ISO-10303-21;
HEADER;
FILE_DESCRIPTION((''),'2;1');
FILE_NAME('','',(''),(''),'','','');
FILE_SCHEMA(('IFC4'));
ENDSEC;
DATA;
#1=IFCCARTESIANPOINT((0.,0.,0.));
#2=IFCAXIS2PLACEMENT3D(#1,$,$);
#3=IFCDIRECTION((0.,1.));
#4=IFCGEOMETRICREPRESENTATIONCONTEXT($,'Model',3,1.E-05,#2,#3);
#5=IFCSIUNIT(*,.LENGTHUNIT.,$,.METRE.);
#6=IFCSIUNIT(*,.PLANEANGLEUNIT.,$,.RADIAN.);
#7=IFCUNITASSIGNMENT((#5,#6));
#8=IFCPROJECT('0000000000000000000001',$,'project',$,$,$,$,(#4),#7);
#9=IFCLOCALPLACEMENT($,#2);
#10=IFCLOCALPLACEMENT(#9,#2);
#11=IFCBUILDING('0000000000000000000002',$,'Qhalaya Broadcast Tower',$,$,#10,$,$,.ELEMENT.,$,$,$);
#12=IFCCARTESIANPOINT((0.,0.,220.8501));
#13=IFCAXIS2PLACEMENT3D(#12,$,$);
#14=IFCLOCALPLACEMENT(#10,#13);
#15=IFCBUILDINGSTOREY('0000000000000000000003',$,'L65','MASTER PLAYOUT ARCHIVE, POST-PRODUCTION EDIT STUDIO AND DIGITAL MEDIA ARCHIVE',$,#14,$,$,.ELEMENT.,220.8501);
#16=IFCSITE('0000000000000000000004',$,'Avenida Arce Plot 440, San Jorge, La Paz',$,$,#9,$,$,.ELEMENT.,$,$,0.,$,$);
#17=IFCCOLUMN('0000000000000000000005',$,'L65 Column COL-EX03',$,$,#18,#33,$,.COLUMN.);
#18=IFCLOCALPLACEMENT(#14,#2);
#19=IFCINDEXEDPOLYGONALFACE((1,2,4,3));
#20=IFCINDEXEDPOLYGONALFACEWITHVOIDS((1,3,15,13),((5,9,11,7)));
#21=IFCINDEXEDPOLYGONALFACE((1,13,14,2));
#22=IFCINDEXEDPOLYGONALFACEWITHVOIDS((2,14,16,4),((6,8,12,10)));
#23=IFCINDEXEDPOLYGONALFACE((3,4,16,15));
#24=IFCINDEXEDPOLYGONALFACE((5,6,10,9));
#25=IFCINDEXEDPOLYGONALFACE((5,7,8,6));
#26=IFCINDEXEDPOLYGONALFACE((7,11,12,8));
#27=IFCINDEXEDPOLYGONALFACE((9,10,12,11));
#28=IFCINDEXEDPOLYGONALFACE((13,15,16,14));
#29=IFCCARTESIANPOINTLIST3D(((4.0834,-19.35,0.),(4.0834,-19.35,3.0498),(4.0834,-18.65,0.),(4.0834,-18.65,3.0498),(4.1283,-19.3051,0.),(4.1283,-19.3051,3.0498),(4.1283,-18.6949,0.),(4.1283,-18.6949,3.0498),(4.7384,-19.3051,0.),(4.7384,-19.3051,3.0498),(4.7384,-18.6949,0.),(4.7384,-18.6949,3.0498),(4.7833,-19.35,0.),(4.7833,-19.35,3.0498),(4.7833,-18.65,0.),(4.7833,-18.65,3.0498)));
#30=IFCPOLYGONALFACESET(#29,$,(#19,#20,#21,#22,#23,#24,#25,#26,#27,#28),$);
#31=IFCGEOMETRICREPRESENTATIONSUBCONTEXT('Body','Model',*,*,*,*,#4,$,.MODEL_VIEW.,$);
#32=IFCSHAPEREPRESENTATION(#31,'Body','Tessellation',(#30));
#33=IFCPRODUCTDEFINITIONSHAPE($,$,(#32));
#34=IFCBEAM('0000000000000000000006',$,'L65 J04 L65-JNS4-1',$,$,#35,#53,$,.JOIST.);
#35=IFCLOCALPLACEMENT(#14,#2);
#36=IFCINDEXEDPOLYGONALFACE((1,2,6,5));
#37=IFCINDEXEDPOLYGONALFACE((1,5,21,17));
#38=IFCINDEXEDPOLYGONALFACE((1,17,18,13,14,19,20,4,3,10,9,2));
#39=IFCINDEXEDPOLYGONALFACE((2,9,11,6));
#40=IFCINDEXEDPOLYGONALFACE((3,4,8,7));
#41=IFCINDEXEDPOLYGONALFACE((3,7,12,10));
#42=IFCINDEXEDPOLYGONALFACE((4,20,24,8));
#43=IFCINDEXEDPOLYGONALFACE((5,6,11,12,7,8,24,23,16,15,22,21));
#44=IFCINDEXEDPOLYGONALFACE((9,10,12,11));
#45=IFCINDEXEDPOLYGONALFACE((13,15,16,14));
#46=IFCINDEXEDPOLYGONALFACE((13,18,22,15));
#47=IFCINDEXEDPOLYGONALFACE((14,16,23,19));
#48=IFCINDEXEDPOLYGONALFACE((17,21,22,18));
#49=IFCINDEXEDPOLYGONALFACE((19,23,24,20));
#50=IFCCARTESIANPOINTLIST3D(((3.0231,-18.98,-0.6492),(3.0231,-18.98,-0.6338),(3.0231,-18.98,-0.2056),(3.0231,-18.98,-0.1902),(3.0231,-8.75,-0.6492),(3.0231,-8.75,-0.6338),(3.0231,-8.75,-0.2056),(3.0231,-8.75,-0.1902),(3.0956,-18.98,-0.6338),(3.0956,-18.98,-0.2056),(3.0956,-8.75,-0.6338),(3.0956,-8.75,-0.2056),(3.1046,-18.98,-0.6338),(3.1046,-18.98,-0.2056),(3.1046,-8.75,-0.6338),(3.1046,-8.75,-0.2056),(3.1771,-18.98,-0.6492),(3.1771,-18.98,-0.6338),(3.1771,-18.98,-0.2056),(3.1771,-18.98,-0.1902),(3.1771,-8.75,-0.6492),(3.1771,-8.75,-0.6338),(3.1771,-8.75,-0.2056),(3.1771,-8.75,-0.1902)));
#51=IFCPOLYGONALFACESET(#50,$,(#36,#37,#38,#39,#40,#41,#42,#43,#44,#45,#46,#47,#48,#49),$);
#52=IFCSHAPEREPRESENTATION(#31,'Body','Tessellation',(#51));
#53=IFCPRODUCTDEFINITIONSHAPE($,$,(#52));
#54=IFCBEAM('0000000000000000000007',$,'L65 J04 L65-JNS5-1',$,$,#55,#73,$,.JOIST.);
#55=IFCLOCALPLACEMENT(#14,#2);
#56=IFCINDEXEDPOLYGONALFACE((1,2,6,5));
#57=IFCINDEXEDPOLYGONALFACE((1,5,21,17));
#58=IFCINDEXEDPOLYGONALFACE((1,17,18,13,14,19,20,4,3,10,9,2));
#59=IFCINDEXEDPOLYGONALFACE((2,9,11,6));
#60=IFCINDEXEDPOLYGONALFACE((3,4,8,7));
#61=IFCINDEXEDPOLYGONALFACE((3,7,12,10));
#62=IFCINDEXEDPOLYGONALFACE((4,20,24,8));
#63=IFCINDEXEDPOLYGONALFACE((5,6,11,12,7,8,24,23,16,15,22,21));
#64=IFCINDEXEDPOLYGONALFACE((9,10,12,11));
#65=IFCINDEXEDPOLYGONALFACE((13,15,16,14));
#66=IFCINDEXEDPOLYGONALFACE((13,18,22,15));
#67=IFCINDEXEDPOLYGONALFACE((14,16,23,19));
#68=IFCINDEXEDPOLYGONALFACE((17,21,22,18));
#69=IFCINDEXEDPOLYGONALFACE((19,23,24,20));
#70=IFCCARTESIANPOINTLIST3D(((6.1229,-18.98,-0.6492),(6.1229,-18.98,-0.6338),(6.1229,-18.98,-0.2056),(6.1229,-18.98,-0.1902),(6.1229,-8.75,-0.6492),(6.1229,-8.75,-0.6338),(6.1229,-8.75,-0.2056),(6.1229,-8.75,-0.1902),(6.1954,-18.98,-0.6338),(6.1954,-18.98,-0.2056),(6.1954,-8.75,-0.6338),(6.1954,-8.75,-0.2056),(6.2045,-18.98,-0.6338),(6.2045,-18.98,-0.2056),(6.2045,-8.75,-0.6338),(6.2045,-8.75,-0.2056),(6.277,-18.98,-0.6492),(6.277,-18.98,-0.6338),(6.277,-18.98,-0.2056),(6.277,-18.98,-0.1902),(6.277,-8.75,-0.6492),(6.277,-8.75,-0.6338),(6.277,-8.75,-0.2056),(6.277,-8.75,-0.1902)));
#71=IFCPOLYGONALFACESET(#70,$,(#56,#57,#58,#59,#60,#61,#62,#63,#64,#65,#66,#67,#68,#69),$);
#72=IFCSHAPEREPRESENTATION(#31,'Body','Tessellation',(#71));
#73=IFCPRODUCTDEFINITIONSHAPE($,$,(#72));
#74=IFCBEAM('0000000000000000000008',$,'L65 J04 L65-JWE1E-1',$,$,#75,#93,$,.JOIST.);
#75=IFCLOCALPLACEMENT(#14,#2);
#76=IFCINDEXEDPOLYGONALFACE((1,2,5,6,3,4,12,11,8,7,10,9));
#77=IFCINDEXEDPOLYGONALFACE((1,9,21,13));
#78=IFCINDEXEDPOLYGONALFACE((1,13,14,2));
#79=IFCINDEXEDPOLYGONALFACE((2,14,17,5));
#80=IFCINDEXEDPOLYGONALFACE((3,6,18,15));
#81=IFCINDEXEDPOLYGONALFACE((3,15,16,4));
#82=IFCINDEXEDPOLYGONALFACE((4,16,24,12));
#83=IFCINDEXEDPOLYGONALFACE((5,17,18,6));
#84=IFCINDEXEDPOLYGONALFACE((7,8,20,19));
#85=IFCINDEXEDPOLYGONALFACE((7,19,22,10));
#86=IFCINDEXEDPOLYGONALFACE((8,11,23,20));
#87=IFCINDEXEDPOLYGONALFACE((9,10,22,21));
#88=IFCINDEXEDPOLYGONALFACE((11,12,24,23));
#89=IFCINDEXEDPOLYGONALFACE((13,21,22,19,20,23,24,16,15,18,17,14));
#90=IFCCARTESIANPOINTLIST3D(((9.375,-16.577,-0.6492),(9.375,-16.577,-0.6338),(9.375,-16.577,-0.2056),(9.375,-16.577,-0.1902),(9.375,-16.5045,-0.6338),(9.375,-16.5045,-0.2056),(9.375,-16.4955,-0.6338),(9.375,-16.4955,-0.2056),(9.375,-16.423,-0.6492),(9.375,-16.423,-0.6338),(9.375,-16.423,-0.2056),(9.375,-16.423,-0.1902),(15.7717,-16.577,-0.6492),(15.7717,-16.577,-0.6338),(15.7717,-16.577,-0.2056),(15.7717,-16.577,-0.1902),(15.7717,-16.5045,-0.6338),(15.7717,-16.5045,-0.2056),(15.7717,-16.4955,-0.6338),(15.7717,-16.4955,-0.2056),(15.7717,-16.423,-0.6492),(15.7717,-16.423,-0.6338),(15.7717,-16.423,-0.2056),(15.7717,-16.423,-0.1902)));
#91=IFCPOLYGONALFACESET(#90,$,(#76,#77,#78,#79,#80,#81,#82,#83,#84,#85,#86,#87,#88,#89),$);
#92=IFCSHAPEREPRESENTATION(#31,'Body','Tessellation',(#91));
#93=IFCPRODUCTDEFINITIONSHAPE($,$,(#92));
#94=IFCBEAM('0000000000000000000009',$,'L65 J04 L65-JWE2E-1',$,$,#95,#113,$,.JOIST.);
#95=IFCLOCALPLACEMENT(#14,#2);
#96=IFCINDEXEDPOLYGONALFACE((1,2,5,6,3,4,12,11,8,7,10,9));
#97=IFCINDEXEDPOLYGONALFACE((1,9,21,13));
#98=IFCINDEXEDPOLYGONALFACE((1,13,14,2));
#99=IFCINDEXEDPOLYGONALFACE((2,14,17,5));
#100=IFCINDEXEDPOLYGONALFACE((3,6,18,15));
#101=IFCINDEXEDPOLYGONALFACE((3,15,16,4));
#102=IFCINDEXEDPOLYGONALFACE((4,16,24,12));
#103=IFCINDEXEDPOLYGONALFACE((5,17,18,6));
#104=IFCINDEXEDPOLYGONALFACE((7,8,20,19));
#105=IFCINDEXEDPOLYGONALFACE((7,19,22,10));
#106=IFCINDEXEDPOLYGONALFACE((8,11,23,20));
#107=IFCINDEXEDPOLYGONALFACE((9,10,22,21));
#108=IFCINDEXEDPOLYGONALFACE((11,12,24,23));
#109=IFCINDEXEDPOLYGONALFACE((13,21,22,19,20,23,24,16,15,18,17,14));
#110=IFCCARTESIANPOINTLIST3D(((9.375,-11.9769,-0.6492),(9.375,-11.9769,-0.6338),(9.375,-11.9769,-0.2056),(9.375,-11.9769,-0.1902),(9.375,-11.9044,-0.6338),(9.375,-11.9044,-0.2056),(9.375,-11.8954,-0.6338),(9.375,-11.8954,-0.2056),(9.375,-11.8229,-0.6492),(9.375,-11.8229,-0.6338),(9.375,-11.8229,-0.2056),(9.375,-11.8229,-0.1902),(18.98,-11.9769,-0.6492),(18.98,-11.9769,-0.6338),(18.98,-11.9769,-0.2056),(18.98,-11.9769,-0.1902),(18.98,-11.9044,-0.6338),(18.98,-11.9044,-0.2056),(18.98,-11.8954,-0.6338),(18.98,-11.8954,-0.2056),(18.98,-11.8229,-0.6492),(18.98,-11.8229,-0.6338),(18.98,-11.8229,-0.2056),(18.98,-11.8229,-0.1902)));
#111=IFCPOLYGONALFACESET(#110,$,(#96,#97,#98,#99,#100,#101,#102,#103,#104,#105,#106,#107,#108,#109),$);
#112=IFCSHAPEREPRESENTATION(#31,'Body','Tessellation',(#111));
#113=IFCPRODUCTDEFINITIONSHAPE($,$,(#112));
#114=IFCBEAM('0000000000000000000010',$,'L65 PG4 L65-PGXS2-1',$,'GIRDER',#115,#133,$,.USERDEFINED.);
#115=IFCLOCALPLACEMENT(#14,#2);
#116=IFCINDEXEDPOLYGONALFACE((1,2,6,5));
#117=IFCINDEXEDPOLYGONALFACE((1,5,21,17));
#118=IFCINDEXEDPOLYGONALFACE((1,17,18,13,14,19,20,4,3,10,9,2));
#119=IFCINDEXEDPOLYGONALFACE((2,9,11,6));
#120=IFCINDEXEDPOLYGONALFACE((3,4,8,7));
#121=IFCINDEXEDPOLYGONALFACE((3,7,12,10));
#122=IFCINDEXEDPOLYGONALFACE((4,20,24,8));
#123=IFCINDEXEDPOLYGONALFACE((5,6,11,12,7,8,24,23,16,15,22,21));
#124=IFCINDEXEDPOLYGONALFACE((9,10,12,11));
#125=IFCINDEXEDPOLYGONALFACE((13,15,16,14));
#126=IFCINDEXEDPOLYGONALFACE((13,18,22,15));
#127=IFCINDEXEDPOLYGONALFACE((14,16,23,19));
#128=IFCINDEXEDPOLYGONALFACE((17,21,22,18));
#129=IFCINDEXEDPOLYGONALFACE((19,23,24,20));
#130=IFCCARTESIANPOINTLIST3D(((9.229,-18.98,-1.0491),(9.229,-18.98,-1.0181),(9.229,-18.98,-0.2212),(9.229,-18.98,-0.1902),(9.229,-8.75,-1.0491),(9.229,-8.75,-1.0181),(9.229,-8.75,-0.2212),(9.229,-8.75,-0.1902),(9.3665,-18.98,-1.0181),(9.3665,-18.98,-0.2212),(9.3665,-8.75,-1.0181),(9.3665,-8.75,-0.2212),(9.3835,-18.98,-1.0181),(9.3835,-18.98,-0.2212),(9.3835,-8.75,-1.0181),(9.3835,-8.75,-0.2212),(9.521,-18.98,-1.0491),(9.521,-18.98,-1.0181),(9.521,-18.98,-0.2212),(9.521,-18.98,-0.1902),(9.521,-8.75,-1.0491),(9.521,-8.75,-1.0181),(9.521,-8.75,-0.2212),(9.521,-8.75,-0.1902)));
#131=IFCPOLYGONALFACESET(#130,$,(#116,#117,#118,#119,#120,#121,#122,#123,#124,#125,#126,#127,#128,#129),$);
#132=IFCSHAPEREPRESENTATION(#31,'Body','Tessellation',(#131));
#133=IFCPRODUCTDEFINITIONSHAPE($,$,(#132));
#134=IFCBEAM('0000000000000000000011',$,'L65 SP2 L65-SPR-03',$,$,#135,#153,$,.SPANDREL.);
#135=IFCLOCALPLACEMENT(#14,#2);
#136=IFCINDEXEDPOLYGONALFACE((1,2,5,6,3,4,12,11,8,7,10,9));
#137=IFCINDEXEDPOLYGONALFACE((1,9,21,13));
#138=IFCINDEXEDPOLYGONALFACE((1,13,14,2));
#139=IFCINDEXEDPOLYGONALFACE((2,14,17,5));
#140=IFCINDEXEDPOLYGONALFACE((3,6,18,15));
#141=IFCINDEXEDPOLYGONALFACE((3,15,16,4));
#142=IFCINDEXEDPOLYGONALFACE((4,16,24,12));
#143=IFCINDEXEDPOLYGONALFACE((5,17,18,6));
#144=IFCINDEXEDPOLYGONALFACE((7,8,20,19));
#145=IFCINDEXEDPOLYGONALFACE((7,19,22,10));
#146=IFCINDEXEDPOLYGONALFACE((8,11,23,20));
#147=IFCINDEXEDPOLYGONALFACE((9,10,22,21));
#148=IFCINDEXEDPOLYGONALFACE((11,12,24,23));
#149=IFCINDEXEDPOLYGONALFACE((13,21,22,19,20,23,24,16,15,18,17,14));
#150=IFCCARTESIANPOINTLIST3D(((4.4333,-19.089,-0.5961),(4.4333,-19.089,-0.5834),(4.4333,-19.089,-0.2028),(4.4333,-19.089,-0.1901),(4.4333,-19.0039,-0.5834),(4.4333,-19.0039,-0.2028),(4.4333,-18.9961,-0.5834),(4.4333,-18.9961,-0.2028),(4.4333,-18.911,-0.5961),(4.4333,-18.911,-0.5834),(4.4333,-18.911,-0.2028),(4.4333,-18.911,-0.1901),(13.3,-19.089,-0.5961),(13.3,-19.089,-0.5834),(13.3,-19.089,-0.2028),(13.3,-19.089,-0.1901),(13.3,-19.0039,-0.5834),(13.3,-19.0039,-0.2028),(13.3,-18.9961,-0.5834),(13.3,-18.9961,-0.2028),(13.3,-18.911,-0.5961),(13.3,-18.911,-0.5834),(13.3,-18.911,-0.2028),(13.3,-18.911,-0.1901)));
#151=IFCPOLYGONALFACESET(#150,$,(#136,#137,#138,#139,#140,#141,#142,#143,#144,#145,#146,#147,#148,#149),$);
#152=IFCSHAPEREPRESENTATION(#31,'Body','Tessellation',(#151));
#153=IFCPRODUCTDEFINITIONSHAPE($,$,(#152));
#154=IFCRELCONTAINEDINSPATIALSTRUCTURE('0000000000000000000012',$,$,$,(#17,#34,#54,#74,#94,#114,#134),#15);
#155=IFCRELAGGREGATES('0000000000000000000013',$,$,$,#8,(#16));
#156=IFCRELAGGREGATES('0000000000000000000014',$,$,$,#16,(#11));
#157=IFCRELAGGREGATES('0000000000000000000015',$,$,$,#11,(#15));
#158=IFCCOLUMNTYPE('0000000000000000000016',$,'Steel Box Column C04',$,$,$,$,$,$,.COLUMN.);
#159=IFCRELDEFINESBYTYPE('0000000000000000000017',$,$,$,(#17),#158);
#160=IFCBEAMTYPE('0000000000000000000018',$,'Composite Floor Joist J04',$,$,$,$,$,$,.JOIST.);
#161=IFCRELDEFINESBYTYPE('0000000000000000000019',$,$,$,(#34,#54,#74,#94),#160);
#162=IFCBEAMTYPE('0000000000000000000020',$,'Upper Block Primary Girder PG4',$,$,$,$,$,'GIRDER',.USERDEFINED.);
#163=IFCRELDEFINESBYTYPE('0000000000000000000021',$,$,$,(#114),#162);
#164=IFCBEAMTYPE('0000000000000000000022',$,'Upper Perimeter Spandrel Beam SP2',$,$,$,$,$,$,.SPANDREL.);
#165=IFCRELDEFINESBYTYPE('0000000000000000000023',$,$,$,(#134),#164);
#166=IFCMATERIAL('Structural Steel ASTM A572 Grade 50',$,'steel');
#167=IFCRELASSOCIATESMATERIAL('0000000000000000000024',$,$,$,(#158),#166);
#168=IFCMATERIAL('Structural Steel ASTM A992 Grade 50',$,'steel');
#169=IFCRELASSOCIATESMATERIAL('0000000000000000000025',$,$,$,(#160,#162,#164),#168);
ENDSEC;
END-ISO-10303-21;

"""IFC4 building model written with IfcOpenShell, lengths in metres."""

from ifc_helpers import new_model, si_unit, direction, frame, origin, origin_2d, place, context, subcontext, project, spatial, hollow_rectangle, i_section, extrude, material, material_profile, profile_set, type_object, element, save


model = new_model("IFC4")

# Units and contexts
model_context = context("Model", 3, precision=1e-05, world=origin(), true_north=direction((0.0, 1.0)))
body_context = subcontext(model_context, "Body", "Model", "MODEL_VIEW")
ifc_project = project(units=[si_unit("LENGTHUNIT", "METRE"), si_unit("PLANEANGLEUNIT", "RADIAN")], contexts=[model_context])

# Site, building, storey
site_placement = place(None, origin())
site = spatial("IfcSite", under=ifc_project, at=site_placement, Name="Avenida Arce Plot 440, San Jorge, La Paz", CompositionType="ELEMENT", RefElevation=0.0)
building_placement = place(site_placement, origin())
building = spatial("IfcBuilding", under=site, at=building_placement, Name="Qhalaya Broadcast Tower", CompositionType="ELEMENT")
storey_placement = place(building_placement, frame((0.0, 0.0, 220.8501)))
storey = spatial("IfcBuildingStorey", under=building, at=storey_placement, Name="L65", Description="MASTER PLAYOUT ARCHIVE, POST-PRODUCTION EDIT STUDIO AND DIGITAL MEDIA ARCHIVE", CompositionType="ELEMENT", Elevation=220.8501)

# Column
ifc_material_1 = material(Name="Structural Steel ASTM A572 Grade 50", Category="steel")
ifc_material_profile_1 = material_profile(ifc_material_1, hollow_rectangle(XDim=0.7, YDim=0.7, WallThickness=0.0449, at=origin_2d()), Name="BOX 700x700x45")
ifc_profile_set_1 = profile_set([ifc_material_profile_1], Name="Structural Steel ASTM A572 Grade 50")
column_type = type_object("IfcColumnType", Name="Steel Box Column C04", PredefinedType="COLUMN", material=ifc_profile_set_1)
column_placement = place(storey_placement, frame((4.4333, -19.0, 0.0), z_axis=(0.0, 0.0, 1.0), x_axis=(1.0, 0.0, 0.0)))
element("IfcColumn", 1, at=column_placement, inside=storey, type_object=column_type, Name="L65 Column COL-EX03", PredefinedType="COLUMN", context=body_context, shape_type="SweptSolid", body=[
    extrude(hollow_rectangle(XDim=0.7, YDim=0.7, WallThickness=0.0449, at=origin_2d()), origin(), (0.0, 0.0, 1.0), 3.0498),
])

# Beams
ifc_material_2 = material(Name="Structural Steel ASTM A992 Grade 50", Category="steel")
ifc_material_profile_2 = material_profile(ifc_material_2, i_section(OverallWidth=0.1541, OverallDepth=0.459, WebThickness=0.009, FlangeThickness=0.0154, at=origin_2d()), Name="W18X46")
ifc_profile_set_2 = profile_set([ifc_material_profile_2], Name="Structural Steel ASTM A992 Grade 50")
beam_type_1 = type_object("IfcBeamType", Name="Composite Floor Joist J04", PredefinedType="JOIST", material=ifc_profile_set_2)
for number, where, z_axis, x_axis, name in (
    (2, (3.1001, -18.98, -0.4197), (0.0, 1.0, 0.0), (-1.0, 0.0, 0.0), "L65 J04 L65-JNS4-1"),
    (3, (6.2, -18.98, -0.4197), (0.0, 1.0, 0.0), (-1.0, 0.0, 0.0), "L65 J04 L65-JNS5-1"),
):
    element("IfcBeam", number, at=place(storey_placement, frame(where, z_axis=z_axis, x_axis=x_axis)), inside=storey, type_object=beam_type_1, Name=name, PredefinedType="JOIST", context=body_context, shape_type="SweptSolid", body=[
        extrude(i_section(OverallWidth=0.1541, OverallDepth=0.459, WebThickness=0.009, FlangeThickness=0.0154, at=origin_2d()), origin(), (0.0, 0.0, 1.0), 10.23),
    ])
beam_1_placement = place(storey_placement, frame((9.375, -16.5, -0.4197), z_axis=(1.0, 0.0, 0.0), x_axis=(0.0, 1.0, 0.0)))
element("IfcBeam", 4, at=beam_1_placement, inside=storey, type_object=beam_type_1, Name="L65 J04 L65-JWE1E-1", PredefinedType="JOIST", context=body_context, shape_type="SweptSolid", body=[
    extrude(i_section(OverallWidth=0.1541, OverallDepth=0.459, WebThickness=0.009, FlangeThickness=0.0154, at=origin_2d()), origin(), (0.0, 0.0, 1.0), 6.3967),
])
beam_2_placement = place(storey_placement, frame((9.375, -11.8999, -0.4197), z_axis=(1.0, 0.0, 0.0), x_axis=(0.0, 1.0, 0.0)))
element("IfcBeam", 5, at=beam_2_placement, inside=storey, type_object=beam_type_1, Name="L65 J04 L65-JWE2E-1", PredefinedType="JOIST", context=body_context, shape_type="SweptSolid", body=[
    extrude(i_section(OverallWidth=0.1541, OverallDepth=0.459, WebThickness=0.009, FlangeThickness=0.0154, at=origin_2d()), origin(), (0.0, 0.0, 1.0), 9.605),
])
ifc_material_profile_3 = material_profile(ifc_material_2, i_section(OverallWidth=0.292, OverallDepth=0.8589, WebThickness=0.0171, FlangeThickness=0.031, at=origin_2d()), Name="W33X169")
ifc_profile_set_3 = profile_set([ifc_material_profile_3], Name="Structural Steel ASTM A992 Grade 50")
beam_type_2 = type_object("IfcBeamType", Name="Upper Block Primary Girder PG4", ElementType="GIRDER", PredefinedType="USERDEFINED", material=ifc_profile_set_3)
beam_3_placement = place(storey_placement, frame((9.375, -18.98, -0.6196), z_axis=(0.0, 1.0, 0.0), x_axis=(-1.0, 0.0, 0.0)))
element("IfcBeam", 6, at=beam_3_placement, inside=storey, type_object=beam_type_2, Name="L65 PG4 L65-PGXS2-1", ObjectType="GIRDER", PredefinedType="USERDEFINED", context=body_context, shape_type="SweptSolid", body=[
    extrude(i_section(OverallWidth=0.292, OverallDepth=0.8589, WebThickness=0.0171, FlangeThickness=0.031, at=origin_2d()), origin(), (0.0, 0.0, 1.0), 10.23),
])
ifc_material_profile_4 = material_profile(ifc_material_2, i_section(OverallWidth=0.178, OverallDepth=0.406, WebThickness=0.0078, FlangeThickness=0.0127, at=origin_2d()), Name="W16X40")
ifc_profile_set_4 = profile_set([ifc_material_profile_4], Name="Structural Steel ASTM A992 Grade 50")
beam_type_3 = type_object("IfcBeamType", Name="Upper Perimeter Spandrel Beam SP2", PredefinedType="SPANDREL", material=ifc_profile_set_4)
beam_4_placement = place(storey_placement, frame((4.4333, -19.0, -0.3931), z_axis=(1.0, 0.0, 0.0), x_axis=(0.0, 1.0, 0.0)))
element("IfcBeam", 7, at=beam_4_placement, inside=storey, type_object=beam_type_3, Name="L65 SP2 L65-SPR-03", PredefinedType="SPANDREL", context=body_context, shape_type="SweptSolid", body=[
    extrude(i_section(OverallWidth=0.178, OverallDepth=0.406, WebThickness=0.0078, FlangeThickness=0.0127, at=origin_2d()), origin(), (0.0, 0.0, 1.0), 8.8667),
])

save(model, "model.ifc")
